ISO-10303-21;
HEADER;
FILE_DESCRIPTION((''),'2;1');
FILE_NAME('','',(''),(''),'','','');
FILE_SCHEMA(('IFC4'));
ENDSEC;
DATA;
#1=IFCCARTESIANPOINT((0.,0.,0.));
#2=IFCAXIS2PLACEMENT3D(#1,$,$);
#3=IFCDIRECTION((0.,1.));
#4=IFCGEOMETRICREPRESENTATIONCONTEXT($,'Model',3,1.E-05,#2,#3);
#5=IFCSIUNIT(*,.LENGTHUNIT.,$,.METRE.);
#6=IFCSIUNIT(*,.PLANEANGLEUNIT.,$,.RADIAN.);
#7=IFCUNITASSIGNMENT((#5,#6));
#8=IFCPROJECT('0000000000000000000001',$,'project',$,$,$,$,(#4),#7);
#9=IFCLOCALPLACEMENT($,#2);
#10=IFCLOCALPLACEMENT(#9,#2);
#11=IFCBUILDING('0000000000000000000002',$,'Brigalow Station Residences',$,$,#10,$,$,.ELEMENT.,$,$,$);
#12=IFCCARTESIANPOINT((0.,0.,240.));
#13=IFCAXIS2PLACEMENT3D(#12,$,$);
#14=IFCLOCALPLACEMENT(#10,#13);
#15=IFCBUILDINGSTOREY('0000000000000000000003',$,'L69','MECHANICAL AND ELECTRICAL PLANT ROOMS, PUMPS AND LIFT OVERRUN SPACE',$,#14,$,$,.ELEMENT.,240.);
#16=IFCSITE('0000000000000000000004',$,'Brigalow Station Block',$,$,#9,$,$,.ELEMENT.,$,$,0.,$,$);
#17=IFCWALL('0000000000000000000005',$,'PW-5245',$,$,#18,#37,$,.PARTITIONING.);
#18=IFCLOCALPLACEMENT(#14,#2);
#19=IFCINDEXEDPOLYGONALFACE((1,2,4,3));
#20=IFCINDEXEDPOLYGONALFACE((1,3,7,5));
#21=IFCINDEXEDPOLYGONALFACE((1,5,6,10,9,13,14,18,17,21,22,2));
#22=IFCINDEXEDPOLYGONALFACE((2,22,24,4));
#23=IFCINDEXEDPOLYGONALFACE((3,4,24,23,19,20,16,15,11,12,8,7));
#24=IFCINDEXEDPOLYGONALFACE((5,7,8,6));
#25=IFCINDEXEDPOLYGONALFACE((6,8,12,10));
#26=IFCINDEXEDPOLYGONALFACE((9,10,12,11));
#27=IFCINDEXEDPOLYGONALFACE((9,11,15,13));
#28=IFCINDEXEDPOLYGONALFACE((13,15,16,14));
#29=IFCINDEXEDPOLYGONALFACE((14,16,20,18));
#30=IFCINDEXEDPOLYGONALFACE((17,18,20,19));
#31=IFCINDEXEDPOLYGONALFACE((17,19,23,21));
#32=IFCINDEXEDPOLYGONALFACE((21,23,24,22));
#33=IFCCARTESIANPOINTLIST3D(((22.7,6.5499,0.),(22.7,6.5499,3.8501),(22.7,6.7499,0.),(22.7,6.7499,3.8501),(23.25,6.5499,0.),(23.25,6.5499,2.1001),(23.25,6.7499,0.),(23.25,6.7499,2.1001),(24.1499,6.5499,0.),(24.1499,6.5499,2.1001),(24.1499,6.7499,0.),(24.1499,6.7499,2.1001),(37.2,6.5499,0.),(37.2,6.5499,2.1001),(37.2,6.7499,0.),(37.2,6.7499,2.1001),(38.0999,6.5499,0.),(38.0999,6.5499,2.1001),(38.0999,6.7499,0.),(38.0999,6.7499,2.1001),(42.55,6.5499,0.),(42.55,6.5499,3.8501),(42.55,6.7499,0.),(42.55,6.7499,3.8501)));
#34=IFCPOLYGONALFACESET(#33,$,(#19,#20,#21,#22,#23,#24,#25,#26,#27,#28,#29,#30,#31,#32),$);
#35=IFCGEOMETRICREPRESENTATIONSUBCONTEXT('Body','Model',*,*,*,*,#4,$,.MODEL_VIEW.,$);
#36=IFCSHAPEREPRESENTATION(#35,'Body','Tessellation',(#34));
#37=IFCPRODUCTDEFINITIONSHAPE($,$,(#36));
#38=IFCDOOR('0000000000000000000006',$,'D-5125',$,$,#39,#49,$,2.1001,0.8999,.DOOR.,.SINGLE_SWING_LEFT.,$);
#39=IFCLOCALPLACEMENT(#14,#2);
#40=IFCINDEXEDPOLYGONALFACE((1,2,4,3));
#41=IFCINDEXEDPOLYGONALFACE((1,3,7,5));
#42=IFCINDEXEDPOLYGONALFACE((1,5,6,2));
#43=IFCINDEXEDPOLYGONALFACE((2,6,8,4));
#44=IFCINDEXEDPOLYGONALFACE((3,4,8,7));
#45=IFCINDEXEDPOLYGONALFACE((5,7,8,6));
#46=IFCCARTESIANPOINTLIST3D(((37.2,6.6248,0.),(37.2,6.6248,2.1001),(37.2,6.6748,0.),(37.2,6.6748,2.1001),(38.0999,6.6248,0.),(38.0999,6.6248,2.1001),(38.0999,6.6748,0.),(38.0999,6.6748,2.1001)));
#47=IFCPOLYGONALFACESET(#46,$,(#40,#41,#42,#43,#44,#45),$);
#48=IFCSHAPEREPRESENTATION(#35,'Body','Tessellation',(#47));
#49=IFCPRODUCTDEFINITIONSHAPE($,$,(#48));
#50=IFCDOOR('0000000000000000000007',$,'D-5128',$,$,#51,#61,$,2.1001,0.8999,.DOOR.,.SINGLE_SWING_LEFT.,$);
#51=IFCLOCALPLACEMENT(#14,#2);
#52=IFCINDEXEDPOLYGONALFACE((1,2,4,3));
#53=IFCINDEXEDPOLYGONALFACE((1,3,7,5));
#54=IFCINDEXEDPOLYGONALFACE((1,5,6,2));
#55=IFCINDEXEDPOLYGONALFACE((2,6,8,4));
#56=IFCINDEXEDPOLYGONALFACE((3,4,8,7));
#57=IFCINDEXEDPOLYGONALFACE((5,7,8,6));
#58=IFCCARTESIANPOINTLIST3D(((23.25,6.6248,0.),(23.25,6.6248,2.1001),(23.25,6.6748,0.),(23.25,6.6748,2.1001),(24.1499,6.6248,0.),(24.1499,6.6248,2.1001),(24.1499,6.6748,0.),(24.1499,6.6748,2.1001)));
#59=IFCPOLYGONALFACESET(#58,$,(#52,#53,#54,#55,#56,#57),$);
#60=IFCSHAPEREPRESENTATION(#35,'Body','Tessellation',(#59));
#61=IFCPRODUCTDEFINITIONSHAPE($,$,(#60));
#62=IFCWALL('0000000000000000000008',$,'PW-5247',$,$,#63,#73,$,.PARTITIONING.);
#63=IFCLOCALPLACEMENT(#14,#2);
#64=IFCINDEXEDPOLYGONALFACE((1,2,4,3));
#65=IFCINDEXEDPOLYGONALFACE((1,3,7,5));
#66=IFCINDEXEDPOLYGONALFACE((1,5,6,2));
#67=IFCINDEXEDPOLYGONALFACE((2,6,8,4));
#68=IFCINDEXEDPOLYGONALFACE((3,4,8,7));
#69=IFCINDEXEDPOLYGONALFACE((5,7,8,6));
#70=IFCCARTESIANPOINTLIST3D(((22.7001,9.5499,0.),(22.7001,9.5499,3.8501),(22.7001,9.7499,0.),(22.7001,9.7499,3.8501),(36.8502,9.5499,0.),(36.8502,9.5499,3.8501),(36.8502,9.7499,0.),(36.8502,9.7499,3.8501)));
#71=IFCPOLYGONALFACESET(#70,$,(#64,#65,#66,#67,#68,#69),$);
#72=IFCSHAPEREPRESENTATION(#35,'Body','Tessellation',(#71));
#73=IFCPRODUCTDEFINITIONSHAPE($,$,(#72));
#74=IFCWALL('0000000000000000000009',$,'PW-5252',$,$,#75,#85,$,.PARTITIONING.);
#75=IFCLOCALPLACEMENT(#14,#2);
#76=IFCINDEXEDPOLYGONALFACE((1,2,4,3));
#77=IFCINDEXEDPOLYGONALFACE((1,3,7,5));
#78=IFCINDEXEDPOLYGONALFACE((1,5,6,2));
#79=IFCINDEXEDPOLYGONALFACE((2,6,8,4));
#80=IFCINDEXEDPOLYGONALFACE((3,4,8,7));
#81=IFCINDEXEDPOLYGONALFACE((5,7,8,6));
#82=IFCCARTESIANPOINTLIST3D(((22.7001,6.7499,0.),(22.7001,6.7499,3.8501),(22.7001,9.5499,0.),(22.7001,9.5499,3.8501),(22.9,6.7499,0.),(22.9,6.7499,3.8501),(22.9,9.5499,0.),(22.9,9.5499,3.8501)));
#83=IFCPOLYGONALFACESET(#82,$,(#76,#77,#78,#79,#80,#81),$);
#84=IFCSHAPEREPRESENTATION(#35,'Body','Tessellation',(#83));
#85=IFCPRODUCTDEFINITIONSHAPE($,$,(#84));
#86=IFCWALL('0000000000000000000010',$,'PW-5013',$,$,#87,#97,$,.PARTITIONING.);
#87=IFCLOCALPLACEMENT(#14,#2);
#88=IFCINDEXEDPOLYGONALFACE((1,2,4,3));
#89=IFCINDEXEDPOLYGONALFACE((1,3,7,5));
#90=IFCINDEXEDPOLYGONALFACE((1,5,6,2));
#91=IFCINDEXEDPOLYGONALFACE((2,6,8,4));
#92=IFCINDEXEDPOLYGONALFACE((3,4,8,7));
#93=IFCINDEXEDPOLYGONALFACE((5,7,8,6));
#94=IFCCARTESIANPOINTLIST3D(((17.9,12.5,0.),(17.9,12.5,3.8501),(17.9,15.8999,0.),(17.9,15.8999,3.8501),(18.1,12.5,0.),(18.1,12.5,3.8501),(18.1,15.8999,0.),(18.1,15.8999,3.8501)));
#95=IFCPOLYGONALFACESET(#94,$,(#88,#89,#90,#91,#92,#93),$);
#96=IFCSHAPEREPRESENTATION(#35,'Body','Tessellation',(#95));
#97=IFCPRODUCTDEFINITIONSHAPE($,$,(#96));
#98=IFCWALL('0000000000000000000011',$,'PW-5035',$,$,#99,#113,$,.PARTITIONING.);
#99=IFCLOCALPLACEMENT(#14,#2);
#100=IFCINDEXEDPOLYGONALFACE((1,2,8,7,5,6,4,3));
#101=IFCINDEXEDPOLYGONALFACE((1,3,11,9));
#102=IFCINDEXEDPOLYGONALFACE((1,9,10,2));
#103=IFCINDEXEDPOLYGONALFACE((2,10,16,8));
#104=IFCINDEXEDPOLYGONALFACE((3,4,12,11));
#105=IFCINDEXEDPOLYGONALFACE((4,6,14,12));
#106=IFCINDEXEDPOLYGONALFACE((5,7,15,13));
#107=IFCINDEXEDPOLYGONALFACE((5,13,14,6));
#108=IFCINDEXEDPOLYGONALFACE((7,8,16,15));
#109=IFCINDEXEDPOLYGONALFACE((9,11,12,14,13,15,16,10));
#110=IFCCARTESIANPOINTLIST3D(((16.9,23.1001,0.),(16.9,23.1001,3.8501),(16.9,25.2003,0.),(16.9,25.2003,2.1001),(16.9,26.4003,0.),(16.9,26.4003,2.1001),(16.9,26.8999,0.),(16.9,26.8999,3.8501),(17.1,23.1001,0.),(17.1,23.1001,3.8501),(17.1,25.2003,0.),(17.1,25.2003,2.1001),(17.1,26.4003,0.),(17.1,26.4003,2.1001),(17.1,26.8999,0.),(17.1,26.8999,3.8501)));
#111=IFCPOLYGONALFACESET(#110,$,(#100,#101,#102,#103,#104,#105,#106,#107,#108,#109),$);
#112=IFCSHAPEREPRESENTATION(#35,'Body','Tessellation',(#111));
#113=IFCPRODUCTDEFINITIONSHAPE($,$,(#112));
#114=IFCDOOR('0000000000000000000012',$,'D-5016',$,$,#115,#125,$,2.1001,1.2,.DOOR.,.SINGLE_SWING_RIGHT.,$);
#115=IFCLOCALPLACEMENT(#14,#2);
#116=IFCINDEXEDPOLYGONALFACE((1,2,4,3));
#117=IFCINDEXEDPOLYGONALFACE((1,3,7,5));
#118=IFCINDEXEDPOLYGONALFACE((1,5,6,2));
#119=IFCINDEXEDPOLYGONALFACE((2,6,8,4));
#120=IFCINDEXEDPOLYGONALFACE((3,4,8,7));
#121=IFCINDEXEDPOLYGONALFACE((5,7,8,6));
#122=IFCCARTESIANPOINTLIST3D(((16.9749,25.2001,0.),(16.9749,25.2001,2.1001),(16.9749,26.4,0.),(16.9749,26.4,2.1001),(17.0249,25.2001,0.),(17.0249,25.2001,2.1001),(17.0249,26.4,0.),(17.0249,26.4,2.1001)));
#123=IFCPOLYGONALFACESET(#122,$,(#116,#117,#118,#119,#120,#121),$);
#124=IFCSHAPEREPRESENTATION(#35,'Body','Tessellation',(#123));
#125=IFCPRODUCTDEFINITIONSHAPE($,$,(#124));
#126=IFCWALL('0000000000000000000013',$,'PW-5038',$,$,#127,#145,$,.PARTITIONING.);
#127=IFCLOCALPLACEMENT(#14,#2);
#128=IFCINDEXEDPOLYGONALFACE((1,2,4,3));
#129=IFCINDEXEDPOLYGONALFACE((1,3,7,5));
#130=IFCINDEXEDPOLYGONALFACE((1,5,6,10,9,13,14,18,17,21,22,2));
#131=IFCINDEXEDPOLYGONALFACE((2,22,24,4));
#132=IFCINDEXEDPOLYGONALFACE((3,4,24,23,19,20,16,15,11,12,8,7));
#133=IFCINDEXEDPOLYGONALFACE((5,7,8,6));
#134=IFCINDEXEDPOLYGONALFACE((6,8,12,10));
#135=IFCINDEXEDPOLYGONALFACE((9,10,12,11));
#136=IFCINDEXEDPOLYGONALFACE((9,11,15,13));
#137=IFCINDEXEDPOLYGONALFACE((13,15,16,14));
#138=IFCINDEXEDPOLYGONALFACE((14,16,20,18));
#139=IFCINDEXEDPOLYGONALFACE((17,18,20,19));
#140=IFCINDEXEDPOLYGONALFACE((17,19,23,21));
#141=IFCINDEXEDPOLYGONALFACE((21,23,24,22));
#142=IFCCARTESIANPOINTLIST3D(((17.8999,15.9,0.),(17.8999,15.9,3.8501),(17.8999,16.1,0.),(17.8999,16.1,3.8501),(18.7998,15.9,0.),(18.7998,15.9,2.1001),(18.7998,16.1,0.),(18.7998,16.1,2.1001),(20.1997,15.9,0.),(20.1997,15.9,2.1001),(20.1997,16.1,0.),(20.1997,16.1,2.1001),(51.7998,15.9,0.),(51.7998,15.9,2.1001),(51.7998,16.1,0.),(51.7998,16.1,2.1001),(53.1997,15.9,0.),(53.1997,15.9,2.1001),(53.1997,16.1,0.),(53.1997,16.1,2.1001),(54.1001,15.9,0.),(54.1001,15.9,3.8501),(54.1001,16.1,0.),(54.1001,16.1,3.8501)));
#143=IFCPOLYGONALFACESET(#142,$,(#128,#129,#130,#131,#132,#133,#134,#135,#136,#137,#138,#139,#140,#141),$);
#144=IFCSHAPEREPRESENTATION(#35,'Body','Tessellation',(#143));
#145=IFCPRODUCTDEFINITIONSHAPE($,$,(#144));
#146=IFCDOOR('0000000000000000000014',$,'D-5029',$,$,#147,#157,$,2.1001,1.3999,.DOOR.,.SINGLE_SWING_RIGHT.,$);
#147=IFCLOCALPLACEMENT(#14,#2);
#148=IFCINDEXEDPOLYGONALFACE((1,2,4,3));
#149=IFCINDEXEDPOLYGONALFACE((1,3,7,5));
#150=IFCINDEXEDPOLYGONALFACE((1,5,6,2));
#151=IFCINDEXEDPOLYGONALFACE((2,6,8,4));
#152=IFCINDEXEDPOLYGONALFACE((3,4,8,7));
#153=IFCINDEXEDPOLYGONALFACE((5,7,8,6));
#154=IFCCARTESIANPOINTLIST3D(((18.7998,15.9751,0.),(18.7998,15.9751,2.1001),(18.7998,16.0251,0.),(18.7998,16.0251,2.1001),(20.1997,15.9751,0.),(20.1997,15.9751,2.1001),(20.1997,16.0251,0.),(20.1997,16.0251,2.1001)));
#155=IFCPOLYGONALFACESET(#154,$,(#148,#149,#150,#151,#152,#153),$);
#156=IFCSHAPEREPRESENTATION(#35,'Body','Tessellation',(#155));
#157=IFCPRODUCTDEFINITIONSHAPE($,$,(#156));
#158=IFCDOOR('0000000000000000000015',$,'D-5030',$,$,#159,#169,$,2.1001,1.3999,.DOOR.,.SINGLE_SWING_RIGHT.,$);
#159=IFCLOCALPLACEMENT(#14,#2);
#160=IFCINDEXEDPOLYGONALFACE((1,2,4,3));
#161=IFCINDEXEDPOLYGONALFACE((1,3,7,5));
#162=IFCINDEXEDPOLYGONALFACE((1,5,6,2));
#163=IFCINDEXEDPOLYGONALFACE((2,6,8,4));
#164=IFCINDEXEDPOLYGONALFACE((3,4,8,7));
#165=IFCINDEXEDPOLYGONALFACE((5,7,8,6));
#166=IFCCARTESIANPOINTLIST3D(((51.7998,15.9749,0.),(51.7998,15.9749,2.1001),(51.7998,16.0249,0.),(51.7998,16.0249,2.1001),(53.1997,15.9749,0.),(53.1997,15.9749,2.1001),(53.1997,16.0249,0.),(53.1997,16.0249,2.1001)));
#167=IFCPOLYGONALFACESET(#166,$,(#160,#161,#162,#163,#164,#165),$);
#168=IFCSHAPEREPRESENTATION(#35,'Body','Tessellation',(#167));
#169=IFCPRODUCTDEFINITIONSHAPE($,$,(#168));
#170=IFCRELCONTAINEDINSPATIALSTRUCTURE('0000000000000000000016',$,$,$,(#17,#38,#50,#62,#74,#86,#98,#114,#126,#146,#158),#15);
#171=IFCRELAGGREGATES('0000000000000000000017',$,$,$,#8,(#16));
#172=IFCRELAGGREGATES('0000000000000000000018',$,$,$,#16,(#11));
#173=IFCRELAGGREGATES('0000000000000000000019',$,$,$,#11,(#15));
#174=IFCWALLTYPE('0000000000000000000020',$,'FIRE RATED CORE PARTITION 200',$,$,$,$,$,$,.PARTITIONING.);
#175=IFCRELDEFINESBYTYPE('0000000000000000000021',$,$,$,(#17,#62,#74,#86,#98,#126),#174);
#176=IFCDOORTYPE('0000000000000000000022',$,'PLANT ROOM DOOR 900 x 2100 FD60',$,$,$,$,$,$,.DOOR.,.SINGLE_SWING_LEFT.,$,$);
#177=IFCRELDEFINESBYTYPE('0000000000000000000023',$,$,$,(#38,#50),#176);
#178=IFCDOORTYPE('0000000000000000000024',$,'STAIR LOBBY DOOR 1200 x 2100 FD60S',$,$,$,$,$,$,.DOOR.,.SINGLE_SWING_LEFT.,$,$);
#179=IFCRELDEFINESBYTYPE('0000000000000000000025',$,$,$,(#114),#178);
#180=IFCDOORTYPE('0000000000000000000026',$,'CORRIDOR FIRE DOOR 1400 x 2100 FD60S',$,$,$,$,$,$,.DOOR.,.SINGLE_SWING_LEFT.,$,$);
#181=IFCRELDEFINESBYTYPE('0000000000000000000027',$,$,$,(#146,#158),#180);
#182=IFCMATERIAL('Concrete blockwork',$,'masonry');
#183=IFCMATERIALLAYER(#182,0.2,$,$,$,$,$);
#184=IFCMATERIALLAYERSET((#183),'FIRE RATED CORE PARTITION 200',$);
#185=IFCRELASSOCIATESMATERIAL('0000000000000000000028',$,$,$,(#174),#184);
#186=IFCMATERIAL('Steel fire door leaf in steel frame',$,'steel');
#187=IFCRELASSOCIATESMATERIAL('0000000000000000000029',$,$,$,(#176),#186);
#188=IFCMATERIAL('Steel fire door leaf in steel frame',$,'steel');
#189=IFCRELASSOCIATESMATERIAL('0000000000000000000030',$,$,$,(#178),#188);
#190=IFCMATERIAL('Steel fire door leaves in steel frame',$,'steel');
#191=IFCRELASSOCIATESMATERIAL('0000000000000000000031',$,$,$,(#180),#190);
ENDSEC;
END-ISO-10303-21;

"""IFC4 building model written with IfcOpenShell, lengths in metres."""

from ifc_helpers import new_model, si_unit, direction, frame, frame_2d, origin, place, context, subcontext, project, spatial, rectangle, extrude, material, layer, layer_set, type_object, element, fill, save


model = new_model("IFC4")

# Units and contexts
model_context = context("Model", 3, precision=1e-05, world=origin(), true_north=direction((0.0, 1.0)))
body_context = subcontext(model_context, "Body", "Model", "MODEL_VIEW")
ifc_project = project(units=[si_unit("LENGTHUNIT", "METRE"), si_unit("PLANEANGLEUNIT", "RADIAN")], contexts=[model_context])

# Site, building, storey
site_placement = place(None, origin())
site = spatial("IfcSite", under=ifc_project, at=site_placement, Name="Brigalow Station Block", CompositionType="ELEMENT", RefElevation=0.0)
building_placement = place(site_placement, origin())
building = spatial("IfcBuilding", under=site, at=building_placement, Name="Brigalow Station Residences", CompositionType="ELEMENT")
storey_placement = place(building_placement, frame((0.0, 0.0, 240.0)))
storey = spatial("IfcBuildingStorey", under=building, at=storey_placement, Name="L69", Description="MECHANICAL AND ELECTRICAL PLANT ROOMS, PUMPS AND LIFT OVERRUN SPACE", CompositionType="ELEMENT", Elevation=240.0)

# Wall, openings, doors
ifc_material_1 = material(Name="Concrete blockwork", Category="masonry")
ifc_layer_1 = layer(ifc_material_1, 0.2)
ifc_layer_set_1 = layer_set([ifc_layer_1], Name="FIRE RATED CORE PARTITION 200")
wall_type_1 = type_object("IfcWallType", Name="FIRE RATED CORE PARTITION 200", PredefinedType="PARTITIONING", material=ifc_layer_set_1)
wall_1_placement = place(storey_placement, frame((22.7, 6.6499, 0.0), z_axis=(0.0, 0.0, 1.0), x_axis=(1.0, 0.0, 0.0)))
wall_1 = element("IfcWall", 1, at=wall_1_placement, inside=storey, type_object=wall_type_1, Name="PW-5245", PredefinedType="PARTITIONING", context=body_context, shape_type="SweptSolid", body=[
    extrude(rectangle(XDim=19.8501, YDim=0.2, at=frame_2d((9.925, 0.0))), origin(), (0.0, 0.0, 1.0), 3.8501),
])
opening_1_placement = place(wall_1_placement, frame((14.5, 0.0, 0.0)))
opening_1 = element("IfcOpeningElement", 2, at=opening_1_placement, cuts=wall_1, PredefinedType="OPENING", context=body_context, shape_type="SweptSolid", body=[
    extrude(rectangle(XDim=0.8999, YDim=2.1001, at=frame_2d((0.45, 1.05))), frame((0.0, 0.1099, 0.0), z_axis=(0.0, -1.0, 0.0), x_axis=(1.0, 0.0, 0.0)), (0.0, 0.0, 1.0), 0.22),
])
opening_2_placement = place(wall_1_placement, frame((0.55, 0.0, 0.0)))
opening_2 = element("IfcOpeningElement", 3, at=opening_2_placement, cuts=wall_1, PredefinedType="OPENING", context=body_context, shape_type="SweptSolid", body=[
    extrude(rectangle(XDim=0.8999, YDim=2.1001, at=frame_2d((0.45, 1.05))), frame((0.0, 0.1099, 0.0), z_axis=(0.0, -1.0, 0.0), x_axis=(1.0, 0.0, 0.0)), (0.0, 0.0, 1.0), 0.22),
])
ifc_material_2 = material(Name="Steel fire door leaf in steel frame", Category="steel")
door_type_1 = type_object("IfcDoorType", Name="PLANT ROOM DOOR 900 x 2100 FD60", OperationType="SINGLE_SWING_LEFT", PredefinedType="DOOR", material=ifc_material_2)
door_1_placement = place(opening_1_placement, origin())
door_1 = element("IfcDoor", 4, at=door_1_placement, inside=storey, type_object=door_type_1, Name="D-5125", OperationType="SINGLE_SWING_LEFT", OverallHeight=2.1001, OverallWidth=0.8999, PredefinedType="DOOR", context=body_context, shape_type="SweptSolid", body=[
    extrude(rectangle(XDim=0.8999, YDim=2.1001, at=frame_2d((0.45, 1.05))), frame((0.0, 0.0249, 0.0), z_axis=(0.0, -1.0, 0.0), x_axis=(1.0, 0.0, 0.0)), (0.0, 0.0, 1.0), 0.05),
])
fill(opening_1, door_1)
door_2_placement = place(opening_2_placement, origin())
door_2 = element("IfcDoor", 5, at=door_2_placement, inside=storey, type_object=door_type_1, Name="D-5128", OperationType="SINGLE_SWING_LEFT", OverallHeight=2.1001, OverallWidth=0.8999, PredefinedType="DOOR", context=body_context, shape_type="SweptSolid", body=[
    extrude(rectangle(XDim=0.8999, YDim=2.1001, at=frame_2d((0.45, 1.05))), frame((0.0, 0.0249, 0.0), z_axis=(0.0, -1.0, 0.0), x_axis=(1.0, 0.0, 0.0)), (0.0, 0.0, 1.0), 0.05),
])
fill(opening_2, door_2)

# Walls
wall_2_placement = place(storey_placement, frame((22.7, 9.6499, 0.0), z_axis=(0.0, 0.0, 1.0), x_axis=(1.0, 0.0, 0.0)))
element("IfcWall", 6, at=wall_2_placement, inside=storey, type_object=wall_type_1, Name="PW-5247", PredefinedType="PARTITIONING", context=body_context, shape_type="SweptSolid", body=[
    extrude(rectangle(XDim=14.1501, YDim=0.2, at=frame_2d((7.0752, 0.0))), origin(), (0.0, 0.0, 1.0), 3.8501),
])
wall_3_placement = place(storey_placement, frame((22.8, 6.75, 0.0), z_axis=(0.0, 0.0, 1.0), x_axis=(0.0, 1.0, 0.0)))
element("IfcWall", 7, at=wall_3_placement, inside=storey, type_object=wall_type_1, Name="PW-5252", PredefinedType="PARTITIONING", context=body_context, shape_type="SweptSolid", body=[
    extrude(rectangle(XDim=2.8, YDim=0.2, at=frame_2d((1.3999, 0.0))), origin(), (0.0, 0.0, 1.0), 3.8501),
])
wall_4_placement = place(storey_placement, frame((18.0, 12.5, 0.0), z_axis=(0.0, 0.0, 1.0), x_axis=(0.0, 1.0, 0.0)))
element("IfcWall", 8, at=wall_4_placement, inside=storey, type_object=wall_type_1, Name="PW-5013", PredefinedType="PARTITIONING", context=body_context, shape_type="SweptSolid", body=[
    extrude(rectangle(XDim=3.3999, YDim=0.2, at=frame_2d((1.7, 0.0))), origin(), (0.0, 0.0, 1.0), 3.8501),
])

# Wall, opening, door
wall_5_placement = place(storey_placement, frame((17.0, 23.1001, 0.0), z_axis=(0.0, 0.0, 1.0), x_axis=(0.0, 1.0, 0.0)))
wall_5 = element("IfcWall", 9, at=wall_5_placement, inside=storey, type_object=wall_type_1, Name="PW-5035", PredefinedType="PARTITIONING", context=body_context, shape_type="SweptSolid", body=[
    extrude(rectangle(XDim=3.7998, YDim=0.2, at=frame_2d((1.8999, 0.0))), origin(), (0.0, 0.0, 1.0), 3.8501),
])
opening_3_placement = place(wall_5_placement, frame((2.1001, 0.0, 0.0)))
opening_3 = element("IfcOpeningElement", 10, at=opening_3_placement, cuts=wall_5, PredefinedType="OPENING", context=body_context, shape_type="SweptSolid", body=[
    extrude(rectangle(XDim=1.2, YDim=2.1001, at=frame_2d((0.6001, 1.05))), frame((0.0, 0.1099, 0.0), z_axis=(0.0, -1.0, 0.0), x_axis=(1.0, 0.0, 0.0)), (0.0, 0.0, 1.0), 0.22),
])
ifc_material_3 = material(Name="Steel fire door leaf in steel frame", Category="steel")
door_type_2 = type_object("IfcDoorType", Name="STAIR LOBBY DOOR 1200 x 2100 FD60S", OperationType="SINGLE_SWING_LEFT", PredefinedType="DOOR", material=ifc_material_3)
door_3_placement = place(opening_3_placement, frame((1.2, 0.0, 0.0), z_axis=(0.0, 0.0, 1.0), x_axis=(-1.0, 0.0, 0.0)))
door_3 = element("IfcDoor", 11, at=door_3_placement, inside=storey, type_object=door_type_2, Name="D-5016", OperationType="SINGLE_SWING_RIGHT", OverallHeight=2.1001, OverallWidth=1.2, PredefinedType="DOOR", context=body_context, shape_type="SweptSolid", body=[
    extrude(rectangle(XDim=1.2, YDim=2.1001, at=frame_2d((0.6001, 1.05))), frame((0.0, 0.0249, 0.0), z_axis=(0.0, -1.0, 0.0), x_axis=(1.0, 0.0, 0.0)), (0.0, 0.0, 1.0), 0.05),
])
fill(opening_3, door_3)

# Wall, openings, doors
wall_6_placement = place(storey_placement, frame((17.8999, 16.0, 0.0), z_axis=(0.0, 0.0, 1.0), x_axis=(1.0, 0.0, 0.0)))
wall_6 = element("IfcWall", 12, at=wall_6_placement, inside=storey, type_object=wall_type_1, Name="PW-5038", PredefinedType="PARTITIONING", context=body_context, shape_type="SweptSolid", body=[
    extrude(rectangle(XDim=36.2002, YDim=0.2, at=frame_2d((18.1001, 0.0))), origin(), (0.0, 0.0, 1.0), 3.8501),
])
opening_4_placement = place(wall_6_placement, frame((0.8999, 0.0, 0.0)))
opening_4 = element("IfcOpeningElement", 13, at=opening_4_placement, cuts=wall_6, PredefinedType="OPENING", context=body_context, shape_type="SweptSolid", body=[
    extrude(rectangle(XDim=1.3999, YDim=2.1001, at=frame_2d((0.7, 1.05))), frame((0.0, 0.1099, 0.0), z_axis=(0.0, -1.0, 0.0), x_axis=(1.0, 0.0, 0.0)), (0.0, 0.0, 1.0), 0.22),
])
opening_5_placement = place(wall_6_placement, frame((33.8999, 0.0, 0.0)))
opening_5 = element("IfcOpeningElement", 14, at=opening_5_placement, cuts=wall_6, PredefinedType="OPENING", context=body_context, shape_type="SweptSolid", body=[
    extrude(rectangle(XDim=1.3999, YDim=2.1001, at=frame_2d((0.7, 1.05))), frame((0.0, 0.1099, 0.0), z_axis=(0.0, -1.0, 0.0), x_axis=(1.0, 0.0, 0.0)), (0.0, 0.0, 1.0), 0.22),
])
ifc_material_4 = material(Name="Steel fire door leaves in steel frame", Category="steel")
door_type_3 = type_object("IfcDoorType", Name="CORRIDOR FIRE DOOR 1400 x 2100 FD60S", OperationType="SINGLE_SWING_LEFT", PredefinedType="DOOR", material=ifc_material_4)
door_4_placement = place(opening_4_placement, frame((1.3999, 0.0, 0.0), z_axis=(0.0, 0.0, 1.0), x_axis=(-1.0, 0.0, 0.0)))
door_4 = element("IfcDoor", 15, at=door_4_placement, inside=storey, type_object=door_type_3, Name="D-5029", OperationType="SINGLE_SWING_RIGHT", OverallHeight=2.1001, OverallWidth=1.3999, PredefinedType="DOOR", context=body_context, shape_type="SweptSolid", body=[
    extrude(rectangle(XDim=1.3999, YDim=2.1001, at=frame_2d((0.7, 1.05))), frame((0.0, 0.0249, 0.0), z_axis=(0.0, -1.0, 0.0), x_axis=(1.0, 0.0, 0.0)), (0.0, 0.0, 1.0), 0.05),
])
fill(opening_4, door_4)
door_5_placement = place(opening_5_placement, origin())
door_5 = element("IfcDoor", 16, at=door_5_placement, inside=storey, type_object=door_type_3, Name="D-5030", OperationType="SINGLE_SWING_RIGHT", OverallHeight=2.1001, OverallWidth=1.3999, PredefinedType="DOOR", context=body_context, shape_type="SweptSolid", body=[
    extrude(rectangle(XDim=1.3999, YDim=2.1001, at=frame_2d((0.7, 1.05))), frame((0.0, 0.0249, 0.0), z_axis=(0.0, -1.0, 0.0), x_axis=(1.0, 0.0, 0.0)), (0.0, 0.0, 1.0), 0.05),
])
fill(opening_5, door_5)

save(model, "model.ifc")
